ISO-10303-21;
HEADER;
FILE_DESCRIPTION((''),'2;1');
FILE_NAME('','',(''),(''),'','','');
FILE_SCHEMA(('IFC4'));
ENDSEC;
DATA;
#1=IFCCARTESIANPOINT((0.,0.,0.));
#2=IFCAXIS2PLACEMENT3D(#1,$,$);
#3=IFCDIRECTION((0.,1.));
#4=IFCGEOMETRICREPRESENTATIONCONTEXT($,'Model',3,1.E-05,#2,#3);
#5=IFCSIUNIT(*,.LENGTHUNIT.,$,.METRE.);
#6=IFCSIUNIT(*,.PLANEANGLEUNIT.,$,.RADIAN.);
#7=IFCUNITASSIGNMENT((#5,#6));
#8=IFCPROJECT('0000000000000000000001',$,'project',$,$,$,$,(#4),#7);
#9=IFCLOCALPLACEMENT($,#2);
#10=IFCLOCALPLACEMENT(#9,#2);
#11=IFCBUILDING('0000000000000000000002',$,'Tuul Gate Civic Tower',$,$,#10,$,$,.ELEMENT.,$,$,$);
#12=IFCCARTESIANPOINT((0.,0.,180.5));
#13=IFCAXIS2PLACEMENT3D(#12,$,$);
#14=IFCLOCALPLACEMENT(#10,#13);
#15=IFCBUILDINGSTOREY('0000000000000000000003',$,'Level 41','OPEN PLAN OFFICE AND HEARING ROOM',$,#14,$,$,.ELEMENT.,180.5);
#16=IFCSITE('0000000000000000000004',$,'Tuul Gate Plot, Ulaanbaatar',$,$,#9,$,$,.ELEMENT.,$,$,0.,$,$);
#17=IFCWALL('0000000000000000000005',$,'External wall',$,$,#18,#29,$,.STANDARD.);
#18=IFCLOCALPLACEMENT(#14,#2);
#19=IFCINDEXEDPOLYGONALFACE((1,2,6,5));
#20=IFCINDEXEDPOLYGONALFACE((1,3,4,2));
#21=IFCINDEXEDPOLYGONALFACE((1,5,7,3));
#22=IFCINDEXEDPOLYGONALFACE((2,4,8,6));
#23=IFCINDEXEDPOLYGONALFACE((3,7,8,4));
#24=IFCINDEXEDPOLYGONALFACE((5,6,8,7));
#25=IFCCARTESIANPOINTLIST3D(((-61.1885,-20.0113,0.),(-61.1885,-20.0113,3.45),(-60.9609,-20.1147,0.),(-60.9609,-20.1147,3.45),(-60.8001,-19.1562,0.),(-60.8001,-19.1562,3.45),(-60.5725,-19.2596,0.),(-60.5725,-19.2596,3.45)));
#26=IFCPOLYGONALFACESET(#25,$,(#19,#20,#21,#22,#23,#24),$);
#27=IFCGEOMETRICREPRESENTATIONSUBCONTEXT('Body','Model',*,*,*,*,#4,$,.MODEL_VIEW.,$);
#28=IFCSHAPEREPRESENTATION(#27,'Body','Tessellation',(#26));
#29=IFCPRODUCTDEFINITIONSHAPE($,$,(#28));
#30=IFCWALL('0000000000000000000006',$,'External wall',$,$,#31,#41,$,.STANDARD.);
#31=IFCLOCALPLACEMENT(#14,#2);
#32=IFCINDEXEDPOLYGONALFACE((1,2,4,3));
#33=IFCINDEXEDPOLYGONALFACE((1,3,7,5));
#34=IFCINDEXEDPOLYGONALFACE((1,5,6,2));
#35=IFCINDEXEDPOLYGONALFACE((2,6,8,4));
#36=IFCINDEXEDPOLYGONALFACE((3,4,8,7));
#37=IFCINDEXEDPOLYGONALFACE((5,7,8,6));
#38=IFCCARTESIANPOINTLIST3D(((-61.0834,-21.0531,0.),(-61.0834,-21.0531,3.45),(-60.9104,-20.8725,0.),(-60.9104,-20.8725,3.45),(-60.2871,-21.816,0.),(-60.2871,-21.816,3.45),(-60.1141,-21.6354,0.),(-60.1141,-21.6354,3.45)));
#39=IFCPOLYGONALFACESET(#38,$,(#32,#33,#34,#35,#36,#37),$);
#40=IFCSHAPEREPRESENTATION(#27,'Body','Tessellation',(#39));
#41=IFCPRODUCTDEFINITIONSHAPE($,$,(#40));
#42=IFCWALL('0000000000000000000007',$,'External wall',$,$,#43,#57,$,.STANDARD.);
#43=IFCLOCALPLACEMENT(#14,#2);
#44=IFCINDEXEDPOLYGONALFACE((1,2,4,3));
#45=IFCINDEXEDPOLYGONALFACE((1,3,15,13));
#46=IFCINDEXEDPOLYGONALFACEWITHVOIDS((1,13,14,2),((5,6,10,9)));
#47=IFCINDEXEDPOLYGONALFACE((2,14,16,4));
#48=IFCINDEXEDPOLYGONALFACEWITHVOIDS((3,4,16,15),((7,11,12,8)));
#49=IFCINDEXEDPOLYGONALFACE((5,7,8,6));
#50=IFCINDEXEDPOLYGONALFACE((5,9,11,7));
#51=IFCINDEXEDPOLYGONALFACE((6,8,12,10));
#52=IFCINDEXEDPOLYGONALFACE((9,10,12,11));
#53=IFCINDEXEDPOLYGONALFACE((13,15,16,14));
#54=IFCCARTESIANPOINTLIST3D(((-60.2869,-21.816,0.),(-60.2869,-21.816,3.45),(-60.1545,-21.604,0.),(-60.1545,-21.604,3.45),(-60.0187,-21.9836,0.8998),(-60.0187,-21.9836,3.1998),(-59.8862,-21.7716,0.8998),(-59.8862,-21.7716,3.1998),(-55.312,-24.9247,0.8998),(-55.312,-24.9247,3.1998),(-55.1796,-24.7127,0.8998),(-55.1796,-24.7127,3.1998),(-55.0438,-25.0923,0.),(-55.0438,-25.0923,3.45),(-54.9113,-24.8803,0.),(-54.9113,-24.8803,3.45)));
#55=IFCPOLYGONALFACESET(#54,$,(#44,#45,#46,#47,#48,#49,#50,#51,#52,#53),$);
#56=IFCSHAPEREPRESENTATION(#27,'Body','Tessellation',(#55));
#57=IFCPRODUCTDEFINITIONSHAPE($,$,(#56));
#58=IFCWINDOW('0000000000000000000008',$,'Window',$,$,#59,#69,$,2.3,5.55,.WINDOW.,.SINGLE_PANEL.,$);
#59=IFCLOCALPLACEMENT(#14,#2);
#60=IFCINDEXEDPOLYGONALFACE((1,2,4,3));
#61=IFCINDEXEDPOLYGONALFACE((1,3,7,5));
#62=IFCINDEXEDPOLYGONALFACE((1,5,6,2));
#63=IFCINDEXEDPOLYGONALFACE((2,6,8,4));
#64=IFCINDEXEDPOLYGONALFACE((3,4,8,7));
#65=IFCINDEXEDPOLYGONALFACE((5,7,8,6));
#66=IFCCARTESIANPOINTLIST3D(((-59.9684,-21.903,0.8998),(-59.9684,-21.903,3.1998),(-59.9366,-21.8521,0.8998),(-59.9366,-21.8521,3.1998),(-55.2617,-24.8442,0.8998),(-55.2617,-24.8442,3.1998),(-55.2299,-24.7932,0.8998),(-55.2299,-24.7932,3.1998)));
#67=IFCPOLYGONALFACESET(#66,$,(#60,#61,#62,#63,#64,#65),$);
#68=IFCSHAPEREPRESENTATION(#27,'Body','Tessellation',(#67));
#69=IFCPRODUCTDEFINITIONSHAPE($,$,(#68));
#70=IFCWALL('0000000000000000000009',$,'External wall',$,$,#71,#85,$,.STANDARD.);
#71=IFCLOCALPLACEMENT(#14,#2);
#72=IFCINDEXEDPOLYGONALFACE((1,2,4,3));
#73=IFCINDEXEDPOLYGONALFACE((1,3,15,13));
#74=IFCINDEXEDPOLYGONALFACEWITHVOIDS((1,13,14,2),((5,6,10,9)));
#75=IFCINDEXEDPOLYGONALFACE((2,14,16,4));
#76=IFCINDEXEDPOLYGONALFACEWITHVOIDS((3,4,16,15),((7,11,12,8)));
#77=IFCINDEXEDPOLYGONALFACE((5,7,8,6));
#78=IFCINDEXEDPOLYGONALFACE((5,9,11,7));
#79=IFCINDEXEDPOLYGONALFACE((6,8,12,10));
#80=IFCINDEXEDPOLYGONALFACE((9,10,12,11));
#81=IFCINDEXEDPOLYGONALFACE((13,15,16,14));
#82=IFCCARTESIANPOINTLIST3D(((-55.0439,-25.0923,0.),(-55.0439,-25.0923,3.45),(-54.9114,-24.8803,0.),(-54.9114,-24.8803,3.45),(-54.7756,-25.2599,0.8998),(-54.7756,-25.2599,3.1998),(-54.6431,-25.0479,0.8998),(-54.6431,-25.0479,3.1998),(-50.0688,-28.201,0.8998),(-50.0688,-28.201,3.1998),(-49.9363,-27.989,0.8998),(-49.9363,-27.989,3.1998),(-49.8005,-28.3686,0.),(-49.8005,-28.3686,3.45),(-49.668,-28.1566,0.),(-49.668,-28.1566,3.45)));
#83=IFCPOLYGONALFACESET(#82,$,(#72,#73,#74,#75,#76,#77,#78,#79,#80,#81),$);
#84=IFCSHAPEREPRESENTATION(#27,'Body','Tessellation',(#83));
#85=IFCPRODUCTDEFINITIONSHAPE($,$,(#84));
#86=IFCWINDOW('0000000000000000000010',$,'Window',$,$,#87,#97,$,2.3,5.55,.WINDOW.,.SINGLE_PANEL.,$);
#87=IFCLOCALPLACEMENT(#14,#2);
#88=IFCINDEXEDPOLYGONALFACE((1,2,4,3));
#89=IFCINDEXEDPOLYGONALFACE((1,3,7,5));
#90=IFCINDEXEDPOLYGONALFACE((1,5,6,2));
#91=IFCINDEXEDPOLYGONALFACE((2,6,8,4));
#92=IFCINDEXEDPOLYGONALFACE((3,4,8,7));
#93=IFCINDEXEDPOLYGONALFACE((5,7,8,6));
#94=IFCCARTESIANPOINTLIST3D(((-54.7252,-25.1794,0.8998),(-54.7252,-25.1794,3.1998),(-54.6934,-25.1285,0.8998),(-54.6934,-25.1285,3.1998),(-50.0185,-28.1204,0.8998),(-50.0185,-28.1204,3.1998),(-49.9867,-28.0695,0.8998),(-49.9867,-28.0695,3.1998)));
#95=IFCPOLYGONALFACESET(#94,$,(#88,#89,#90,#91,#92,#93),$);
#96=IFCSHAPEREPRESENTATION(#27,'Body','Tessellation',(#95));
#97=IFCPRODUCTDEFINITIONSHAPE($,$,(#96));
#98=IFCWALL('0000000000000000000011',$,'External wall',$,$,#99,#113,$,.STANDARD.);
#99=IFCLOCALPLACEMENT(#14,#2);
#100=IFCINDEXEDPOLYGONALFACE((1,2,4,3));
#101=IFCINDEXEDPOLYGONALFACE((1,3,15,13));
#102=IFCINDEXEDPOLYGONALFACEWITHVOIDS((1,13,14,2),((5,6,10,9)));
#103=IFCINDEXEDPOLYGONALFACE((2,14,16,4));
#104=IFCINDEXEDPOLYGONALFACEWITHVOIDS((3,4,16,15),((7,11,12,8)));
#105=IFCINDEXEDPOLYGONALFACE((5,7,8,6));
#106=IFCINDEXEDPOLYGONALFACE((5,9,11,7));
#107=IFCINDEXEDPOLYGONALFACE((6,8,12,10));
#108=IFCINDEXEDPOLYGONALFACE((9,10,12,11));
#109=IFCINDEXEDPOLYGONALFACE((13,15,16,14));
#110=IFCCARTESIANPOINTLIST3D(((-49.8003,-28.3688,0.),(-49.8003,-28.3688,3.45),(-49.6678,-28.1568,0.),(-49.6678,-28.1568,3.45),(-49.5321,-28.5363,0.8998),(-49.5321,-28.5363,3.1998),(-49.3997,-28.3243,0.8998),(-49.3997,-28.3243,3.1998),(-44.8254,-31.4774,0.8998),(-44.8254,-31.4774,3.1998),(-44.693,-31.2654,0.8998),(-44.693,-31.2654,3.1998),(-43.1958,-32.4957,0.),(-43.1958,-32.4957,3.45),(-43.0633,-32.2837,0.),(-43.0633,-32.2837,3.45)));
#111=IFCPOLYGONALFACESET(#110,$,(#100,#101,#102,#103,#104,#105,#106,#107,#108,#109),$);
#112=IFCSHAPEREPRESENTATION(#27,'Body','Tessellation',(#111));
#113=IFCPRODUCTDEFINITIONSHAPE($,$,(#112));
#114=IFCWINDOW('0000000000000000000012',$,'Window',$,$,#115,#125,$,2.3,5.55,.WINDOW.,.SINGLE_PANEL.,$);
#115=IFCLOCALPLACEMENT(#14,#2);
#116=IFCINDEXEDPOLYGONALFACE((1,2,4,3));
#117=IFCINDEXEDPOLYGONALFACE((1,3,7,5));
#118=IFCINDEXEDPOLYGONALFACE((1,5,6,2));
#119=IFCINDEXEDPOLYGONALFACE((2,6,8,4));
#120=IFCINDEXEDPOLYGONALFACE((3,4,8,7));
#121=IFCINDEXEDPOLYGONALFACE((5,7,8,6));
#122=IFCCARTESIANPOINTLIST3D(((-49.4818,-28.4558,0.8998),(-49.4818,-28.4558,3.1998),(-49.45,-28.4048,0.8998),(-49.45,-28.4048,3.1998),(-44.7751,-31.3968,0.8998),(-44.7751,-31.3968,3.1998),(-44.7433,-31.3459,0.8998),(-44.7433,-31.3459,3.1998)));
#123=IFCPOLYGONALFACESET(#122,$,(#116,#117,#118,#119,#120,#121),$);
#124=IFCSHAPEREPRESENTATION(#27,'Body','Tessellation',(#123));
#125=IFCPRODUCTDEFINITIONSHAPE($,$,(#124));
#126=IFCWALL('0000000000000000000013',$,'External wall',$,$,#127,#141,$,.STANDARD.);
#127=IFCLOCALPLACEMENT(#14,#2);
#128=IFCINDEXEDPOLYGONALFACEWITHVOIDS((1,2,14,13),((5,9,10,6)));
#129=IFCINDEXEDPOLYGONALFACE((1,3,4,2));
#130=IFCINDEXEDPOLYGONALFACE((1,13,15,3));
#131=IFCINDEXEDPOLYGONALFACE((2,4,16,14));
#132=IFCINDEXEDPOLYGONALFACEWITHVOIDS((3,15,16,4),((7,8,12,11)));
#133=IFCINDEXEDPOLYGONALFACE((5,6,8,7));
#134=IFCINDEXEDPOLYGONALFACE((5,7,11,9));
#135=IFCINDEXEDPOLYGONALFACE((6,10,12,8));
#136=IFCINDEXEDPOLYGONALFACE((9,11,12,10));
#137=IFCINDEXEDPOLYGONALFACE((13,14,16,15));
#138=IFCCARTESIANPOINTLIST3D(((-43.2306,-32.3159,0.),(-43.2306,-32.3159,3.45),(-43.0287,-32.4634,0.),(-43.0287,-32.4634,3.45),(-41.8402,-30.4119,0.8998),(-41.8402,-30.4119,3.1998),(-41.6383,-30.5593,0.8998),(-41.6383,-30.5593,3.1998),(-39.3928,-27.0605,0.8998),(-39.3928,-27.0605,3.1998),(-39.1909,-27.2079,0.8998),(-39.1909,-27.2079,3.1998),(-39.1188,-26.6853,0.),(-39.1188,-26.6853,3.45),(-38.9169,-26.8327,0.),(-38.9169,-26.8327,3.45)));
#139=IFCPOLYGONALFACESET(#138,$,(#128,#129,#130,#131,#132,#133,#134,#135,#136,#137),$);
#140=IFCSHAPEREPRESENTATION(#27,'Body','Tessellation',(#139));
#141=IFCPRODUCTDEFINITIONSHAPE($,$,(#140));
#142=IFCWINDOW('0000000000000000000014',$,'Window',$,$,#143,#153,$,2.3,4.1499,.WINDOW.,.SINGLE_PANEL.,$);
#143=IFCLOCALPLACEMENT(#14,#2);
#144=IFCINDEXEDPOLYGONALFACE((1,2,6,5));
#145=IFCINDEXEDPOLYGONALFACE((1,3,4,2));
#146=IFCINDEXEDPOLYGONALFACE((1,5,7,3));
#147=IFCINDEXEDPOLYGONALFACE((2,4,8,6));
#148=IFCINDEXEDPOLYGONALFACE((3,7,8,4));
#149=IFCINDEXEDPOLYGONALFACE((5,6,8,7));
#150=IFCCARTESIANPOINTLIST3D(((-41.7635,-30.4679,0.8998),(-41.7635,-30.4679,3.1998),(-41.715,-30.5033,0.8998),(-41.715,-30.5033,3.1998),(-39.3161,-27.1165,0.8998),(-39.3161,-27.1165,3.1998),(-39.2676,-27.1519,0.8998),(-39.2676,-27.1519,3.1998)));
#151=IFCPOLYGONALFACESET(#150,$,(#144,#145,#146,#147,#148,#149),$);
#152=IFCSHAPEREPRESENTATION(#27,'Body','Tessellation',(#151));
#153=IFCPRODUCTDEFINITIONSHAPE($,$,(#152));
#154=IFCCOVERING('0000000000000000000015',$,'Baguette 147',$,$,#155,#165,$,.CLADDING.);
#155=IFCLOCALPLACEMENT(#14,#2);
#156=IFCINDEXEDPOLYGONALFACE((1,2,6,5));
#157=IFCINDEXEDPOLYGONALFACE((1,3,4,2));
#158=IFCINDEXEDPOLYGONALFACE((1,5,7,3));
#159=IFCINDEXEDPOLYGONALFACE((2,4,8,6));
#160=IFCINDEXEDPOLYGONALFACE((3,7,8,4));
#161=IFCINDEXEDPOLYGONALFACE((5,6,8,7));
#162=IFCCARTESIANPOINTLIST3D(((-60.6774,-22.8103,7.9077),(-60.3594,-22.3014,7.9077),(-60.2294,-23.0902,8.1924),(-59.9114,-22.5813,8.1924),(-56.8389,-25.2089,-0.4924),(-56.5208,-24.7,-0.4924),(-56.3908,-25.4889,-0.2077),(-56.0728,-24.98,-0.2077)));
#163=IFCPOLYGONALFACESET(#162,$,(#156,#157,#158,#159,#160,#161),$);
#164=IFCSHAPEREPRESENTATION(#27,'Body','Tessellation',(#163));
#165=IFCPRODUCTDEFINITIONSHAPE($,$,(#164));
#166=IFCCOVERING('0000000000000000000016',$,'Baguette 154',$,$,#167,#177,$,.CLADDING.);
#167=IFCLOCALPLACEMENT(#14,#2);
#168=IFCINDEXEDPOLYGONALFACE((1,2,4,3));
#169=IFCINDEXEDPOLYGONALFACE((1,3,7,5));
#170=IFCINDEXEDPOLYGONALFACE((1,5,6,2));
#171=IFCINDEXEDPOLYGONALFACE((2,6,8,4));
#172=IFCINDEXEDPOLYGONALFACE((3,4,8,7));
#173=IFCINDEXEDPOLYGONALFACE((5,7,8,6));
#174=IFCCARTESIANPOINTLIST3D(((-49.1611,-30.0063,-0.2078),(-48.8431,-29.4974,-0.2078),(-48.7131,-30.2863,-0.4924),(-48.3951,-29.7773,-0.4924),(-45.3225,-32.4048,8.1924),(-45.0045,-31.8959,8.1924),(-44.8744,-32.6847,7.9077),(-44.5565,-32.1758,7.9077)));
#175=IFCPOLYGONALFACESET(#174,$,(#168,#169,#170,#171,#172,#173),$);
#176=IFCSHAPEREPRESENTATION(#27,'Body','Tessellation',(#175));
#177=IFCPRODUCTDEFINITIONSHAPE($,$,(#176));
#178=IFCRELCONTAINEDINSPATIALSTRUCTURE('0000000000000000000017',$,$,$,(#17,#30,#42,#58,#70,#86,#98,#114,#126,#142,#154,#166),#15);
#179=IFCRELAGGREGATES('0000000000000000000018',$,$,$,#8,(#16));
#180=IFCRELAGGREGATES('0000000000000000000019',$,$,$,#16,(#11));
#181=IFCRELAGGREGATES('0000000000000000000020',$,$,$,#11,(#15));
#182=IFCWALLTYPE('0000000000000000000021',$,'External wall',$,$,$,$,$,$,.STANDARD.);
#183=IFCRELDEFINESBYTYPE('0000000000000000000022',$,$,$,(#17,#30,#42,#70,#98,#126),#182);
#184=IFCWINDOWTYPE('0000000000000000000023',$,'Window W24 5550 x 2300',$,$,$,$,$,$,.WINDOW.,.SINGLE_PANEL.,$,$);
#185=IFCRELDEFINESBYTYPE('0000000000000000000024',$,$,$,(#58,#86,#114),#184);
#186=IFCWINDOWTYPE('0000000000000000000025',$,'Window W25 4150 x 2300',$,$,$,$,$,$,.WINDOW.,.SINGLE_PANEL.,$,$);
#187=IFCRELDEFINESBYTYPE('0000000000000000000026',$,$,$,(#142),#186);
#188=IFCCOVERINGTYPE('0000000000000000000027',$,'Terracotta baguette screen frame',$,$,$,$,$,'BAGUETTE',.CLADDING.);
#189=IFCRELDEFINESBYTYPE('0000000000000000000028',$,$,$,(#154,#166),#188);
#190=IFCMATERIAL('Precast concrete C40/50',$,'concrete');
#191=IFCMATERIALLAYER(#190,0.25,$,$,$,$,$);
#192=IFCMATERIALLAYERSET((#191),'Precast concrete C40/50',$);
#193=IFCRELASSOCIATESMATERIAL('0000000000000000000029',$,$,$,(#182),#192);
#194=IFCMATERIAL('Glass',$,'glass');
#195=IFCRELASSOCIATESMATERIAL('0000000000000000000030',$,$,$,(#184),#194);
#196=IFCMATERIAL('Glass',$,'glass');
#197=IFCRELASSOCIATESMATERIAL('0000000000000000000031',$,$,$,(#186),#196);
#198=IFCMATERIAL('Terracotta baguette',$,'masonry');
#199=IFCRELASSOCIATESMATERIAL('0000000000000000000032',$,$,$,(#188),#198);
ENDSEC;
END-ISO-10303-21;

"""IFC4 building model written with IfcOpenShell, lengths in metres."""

from ifc_helpers import new_model, si_unit, direction, frame, frame_2d, origin, origin_2d, place, context, subcontext, project, spatial, rectangle, extrude, material, layer, layer_set, material_profile, profile_set, type_object, element, fill, save


model = new_model("IFC4")

# Units and contexts
model_context = context("Model", 3, precision=1e-05, world=origin(), true_north=direction((0.0, 1.0)))
body_context = subcontext(model_context, "Body", "Model", "MODEL_VIEW")
ifc_project = project(units=[si_unit("LENGTHUNIT", "METRE"), si_unit("PLANEANGLEUNIT", "RADIAN")], contexts=[model_context])

# Site, building, storey
site_placement = place(None, origin())
site = spatial("IfcSite", under=ifc_project, at=site_placement, Name="Tuul Gate Plot, Ulaanbaatar", CompositionType="ELEMENT", RefElevation=0.0)
building_placement = place(site_placement, origin())
building = spatial("IfcBuilding", under=site, at=building_placement, Name="Tuul Gate Civic Tower", CompositionType="ELEMENT")
storey_placement = place(building_placement, frame((0.0, 0.0, 180.5)))
storey = spatial("IfcBuildingStorey", under=building, at=storey_placement, Name="Level 41", Description="OPEN PLAN OFFICE AND HEARING ROOM", CompositionType="ELEMENT", Elevation=180.5)

# Walls
ifc_material_1 = material(Name="Precast concrete C40/50", Category="concrete")
ifc_layer_1 = layer(ifc_material_1, 0.25)
ifc_layer_set_1 = layer_set([ifc_layer_1], Name="Precast concrete C40/50")
wall_type_1 = type_object("IfcWallType", Name="External wall", PredefinedType="STANDARD", material=ifc_layer_set_1)
wall_1_placement = place(storey_placement, frame((-60.6863, -19.2078, 0.0), z_axis=(0.0, 0.0, 1.0), x_axis=(-0.413529, -0.910491, 0.0)))
element("IfcWall", 1, at=wall_1_placement, inside=storey, type_object=wall_type_1, Name="External wall", PredefinedType="STANDARD", context=body_context, shape_type="SweptSolid", body=[
    extrude(rectangle(XDim=0.9392, YDim=0.25, at=frame_2d((0.4697, 0.0))), origin(), (0.0, 0.0, 1.0), 3.45),
])
wall_2_placement = place(storey_placement, frame((-60.9968, -20.9629, 0.0), z_axis=(0.0, 0.0, 1.0), x_axis=(0.722108, -0.69178, 0.0)))
element("IfcWall", 2, at=wall_2_placement, inside=storey, type_object=wall_type_1, Name="External wall", PredefinedType="STANDARD", context=body_context, shape_type="SweptSolid", body=[
    extrude(rectangle(XDim=1.1028, YDim=0.25, at=frame_2d((0.5513, 0.0))), origin(), (0.0, 0.0, 1.0), 3.45),
])

# Walls, openings, windows
wall_3_placement = place(storey_placement, frame((-60.2207, -21.71, 0.0), z_axis=(0.0, 0.0, 1.0), x_axis=(0.848043, -0.529928, 0.0)))
wall_3 = element("IfcWall", 3, at=wall_3_placement, inside=storey, type_object=wall_type_1, Name="External wall", PredefinedType="STANDARD", context=body_context, shape_type="SweptSolid", body=[
    extrude(rectangle(XDim=6.1826, YDim=0.25, at=frame_2d((3.0913, 0.0))), origin(), (0.0, 0.0, 1.0), 3.45),
])
opening_1_placement = place(wall_3_placement, frame((0.3164, 0.0, 0.8999)))
opening_1 = element("IfcOpeningElement", 4, at=opening_1_placement, cuts=wall_3, PredefinedType="OPENING", context=body_context, shape_type="SweptSolid", body=[
    extrude(rectangle(XDim=5.55, YDim=2.3, at=frame_2d((2.7749, 1.1499))), frame((0.0, 0.135, 0.0), z_axis=(0.0, -1.0, 0.0), x_axis=(1.0, 0.0, 0.0)), (0.0, 0.0, 1.0), 0.27),
])
ifc_material_2 = material(Name="Glass", Category="glass")
window_type_1 = type_object("IfcWindowType", Name="Window W24 5550 x 2300", PartitioningType="SINGLE_PANEL", PredefinedType="WINDOW", material=ifc_material_2)
window_1_placement = place(opening_1_placement, origin())
window_1 = element("IfcWindow", 5, at=window_1_placement, inside=storey, type_object=window_type_1, Name="Window", OverallHeight=2.3, OverallWidth=5.55, PartitioningType="SINGLE_PANEL", PredefinedType="WINDOW", context=body_context, shape_type="SweptSolid", body=[
    extrude(rectangle(XDim=5.55, YDim=2.3, at=frame_2d((2.7749, 1.1499))), frame((0.0, 0.03, 0.0), z_axis=(0.0, -1.0, 0.0), x_axis=(1.0, 0.0, 0.0)), (0.0, 0.0, 1.0), 0.0601),
])
fill(opening_1, window_1)
wall_4_placement = place(storey_placement, frame((-54.9775, -24.9863, 0.0), z_axis=(0.0, 0.0, 1.0), x_axis=(0.848054, -0.52991, 0.0)))
wall_4 = element("IfcWall", 6, at=wall_4_placement, inside=storey, type_object=wall_type_1, Name="External wall", PredefinedType="STANDARD", context=body_context, shape_type="SweptSolid", body=[
    extrude(rectangle(XDim=6.1829, YDim=0.25, at=frame_2d((3.0913, 0.0))), origin(), (0.0, 0.0, 1.0), 3.45),
])
opening_2_placement = place(wall_4_placement, frame((0.3164, 0.0, 0.8999)))
opening_2 = element("IfcOpeningElement", 7, at=opening_2_placement, cuts=wall_4, PredefinedType="OPENING", context=body_context, shape_type="SweptSolid", body=[
    extrude(rectangle(XDim=5.55, YDim=2.3, at=frame_2d((2.7749, 1.1499))), frame((0.0, 0.135, 0.0), z_axis=(0.0, -1.0, 0.0), x_axis=(1.0, 0.0, 0.0)), (0.0, 0.0, 1.0), 0.27),
])
window_2_placement = place(opening_2_placement, origin())
window_2 = element("IfcWindow", 8, at=window_2_placement, inside=storey, type_object=window_type_1, Name="Window", OverallHeight=2.3, OverallWidth=5.55, PartitioningType="SINGLE_PANEL", PredefinedType="WINDOW", context=body_context, shape_type="SweptSolid", body=[
    extrude(rectangle(XDim=5.55, YDim=2.3, at=frame_2d((2.7749, 1.1499))), frame((0.0, 0.03, 0.0), z_axis=(0.0, -1.0, 0.0), x_axis=(1.0, 0.0, 0.0)), (0.0, 0.0, 1.0), 0.0601),
])
fill(opening_2, window_2)
wall_5_placement = place(storey_placement, frame((-49.7341, -28.2627, 0.0), z_axis=(0.0, 0.0, 1.0), x_axis=(0.848048, -0.52992, 0.0)))
wall_5 = element("IfcWall", 9, at=wall_5_placement, inside=storey, type_object=wall_type_1, Name="External wall", PredefinedType="STANDARD", context=body_context, shape_type="SweptSolid", body=[
    extrude(rectangle(XDim=7.7878, YDim=0.25, at=frame_2d((3.894, 0.0))), origin(), (0.0, 0.0, 1.0), 3.45),
])
opening_3_placement = place(wall_5_placement, frame((0.3164, 0.0, 0.8999)))
opening_3 = element("IfcOpeningElement", 10, at=opening_3_placement, cuts=wall_5, PredefinedType="OPENING", context=body_context, shape_type="SweptSolid", body=[
    extrude(rectangle(XDim=5.55, YDim=2.3, at=frame_2d((2.7749, 1.1499))), frame((0.0, 0.135, 0.0), z_axis=(0.0, -1.0, 0.0), x_axis=(1.0, 0.0, 0.0)), (0.0, 0.0, 1.0), 0.27),
])
window_3_placement = place(opening_3_placement, origin())
window_3 = element("IfcWindow", 11, at=window_3_placement, inside=storey, type_object=window_type_1, Name="Window", OverallHeight=2.3, OverallWidth=5.55, PartitioningType="SINGLE_PANEL", PredefinedType="WINDOW", context=body_context, shape_type="SweptSolid", body=[
    extrude(rectangle(XDim=5.55, YDim=2.3, at=frame_2d((2.7749, 1.1499))), frame((0.0, 0.03, 0.0), z_axis=(0.0, -1.0, 0.0), x_axis=(1.0, 0.0, 0.0)), (0.0, 0.0, 1.0), 0.0601),
])
fill(opening_3, window_3)
wall_6_placement = place(storey_placement, frame((-43.1296, -32.3896, 0.0), z_axis=(0.0, 0.0, 1.0), x_axis=(0.589749, 0.807587, 0.0)))
wall_6 = element("IfcWall", 12, at=wall_6_placement, inside=storey, type_object=wall_type_1, Name="External wall", PredefinedType="STANDARD", context=body_context, shape_type="SweptSolid", body=[
    extrude(rectangle(XDim=6.9722, YDim=0.25, at=frame_2d((3.4861, 0.0))), origin(), (0.0, 0.0, 1.0), 3.45),
])
opening_4_placement = place(wall_6_placement, frame((2.3577, 0.0, 0.8999)))
opening_4 = element("IfcOpeningElement", 13, at=opening_4_placement, cuts=wall_6, PredefinedType="OPENING", context=body_context, shape_type="SweptSolid", body=[
    extrude(rectangle(XDim=4.1499, YDim=2.3, at=frame_2d((2.075, 1.1499))), frame((0.0, 0.135, 0.0), z_axis=(0.0, -1.0, 0.0), x_axis=(1.0, 0.0, 0.0)), (0.0, 0.0, 1.0), 0.27),
])
ifc_material_3 = material(Name="Glass", Category="glass")
window_type_2 = type_object("IfcWindowType", Name="Window W25 4150 x 2300", PartitioningType="SINGLE_PANEL", PredefinedType="WINDOW", material=ifc_material_3)
window_4_placement = place(opening_4_placement, origin())
window_4 = element("IfcWindow", 14, at=window_4_placement, inside=storey, type_object=window_type_2, Name="Window", OverallHeight=2.3, OverallWidth=4.1499, PartitioningType="SINGLE_PANEL", PredefinedType="WINDOW", context=body_context, shape_type="SweptSolid", body=[
    extrude(rectangle(XDim=4.1499, YDim=2.3, at=frame_2d((2.075, 1.1499))), frame((0.0, 0.03, 0.0), z_axis=(0.0, -1.0, 0.0), x_axis=(1.0, 0.0, 0.0)), (0.0, 0.0, 1.0), 0.0601),
])
fill(opening_4, window_4)

# Coverings
ifc_material_4 = material(Name="Terracotta baguette", Category="masonry")
ifc_material_profile_1 = material_profile(ifc_material_4, rectangle(XDim=0.6001, YDim=0.6001, at=origin_2d()), Name="Terracotta baguette screen frame")
ifc_profile_set_1 = profile_set([ifc_material_profile_1], Name="Terracotta baguette")
covering_type = type_object("IfcCoveringType", Name="Terracotta baguette screen frame", ElementType="BAGUETTE", PredefinedType="CLADDING", material=ifc_profile_set_1)
for number, where, z_axis, x_axis, name in (
    (15, (-60.2944, -22.6958, 8.05), (0.402284, -0.25138, -0.880327), (0.529926, 0.848044, 0.0), "Baguette 147"),
    (16, (-48.7781, -29.8918, -0.3501), (0.402287, -0.251356, 0.880333), (0.529887, 0.848068, 0.0), "Baguette 154"),
):
    element("IfcCovering", number, at=place(storey_placement, frame(where, z_axis=z_axis, x_axis=x_axis)), inside=storey, type_object=covering_type, Name=name, PredefinedType="CLADDING", context=body_context, shape_type="SweptSolid", body=[
        extrude(rectangle(XDim=0.6001, YDim=0.6001, at=origin_2d()), origin(), (0.0, 0.0, 1.0), 9.542),
    ])

save(model, "model.ifc")
